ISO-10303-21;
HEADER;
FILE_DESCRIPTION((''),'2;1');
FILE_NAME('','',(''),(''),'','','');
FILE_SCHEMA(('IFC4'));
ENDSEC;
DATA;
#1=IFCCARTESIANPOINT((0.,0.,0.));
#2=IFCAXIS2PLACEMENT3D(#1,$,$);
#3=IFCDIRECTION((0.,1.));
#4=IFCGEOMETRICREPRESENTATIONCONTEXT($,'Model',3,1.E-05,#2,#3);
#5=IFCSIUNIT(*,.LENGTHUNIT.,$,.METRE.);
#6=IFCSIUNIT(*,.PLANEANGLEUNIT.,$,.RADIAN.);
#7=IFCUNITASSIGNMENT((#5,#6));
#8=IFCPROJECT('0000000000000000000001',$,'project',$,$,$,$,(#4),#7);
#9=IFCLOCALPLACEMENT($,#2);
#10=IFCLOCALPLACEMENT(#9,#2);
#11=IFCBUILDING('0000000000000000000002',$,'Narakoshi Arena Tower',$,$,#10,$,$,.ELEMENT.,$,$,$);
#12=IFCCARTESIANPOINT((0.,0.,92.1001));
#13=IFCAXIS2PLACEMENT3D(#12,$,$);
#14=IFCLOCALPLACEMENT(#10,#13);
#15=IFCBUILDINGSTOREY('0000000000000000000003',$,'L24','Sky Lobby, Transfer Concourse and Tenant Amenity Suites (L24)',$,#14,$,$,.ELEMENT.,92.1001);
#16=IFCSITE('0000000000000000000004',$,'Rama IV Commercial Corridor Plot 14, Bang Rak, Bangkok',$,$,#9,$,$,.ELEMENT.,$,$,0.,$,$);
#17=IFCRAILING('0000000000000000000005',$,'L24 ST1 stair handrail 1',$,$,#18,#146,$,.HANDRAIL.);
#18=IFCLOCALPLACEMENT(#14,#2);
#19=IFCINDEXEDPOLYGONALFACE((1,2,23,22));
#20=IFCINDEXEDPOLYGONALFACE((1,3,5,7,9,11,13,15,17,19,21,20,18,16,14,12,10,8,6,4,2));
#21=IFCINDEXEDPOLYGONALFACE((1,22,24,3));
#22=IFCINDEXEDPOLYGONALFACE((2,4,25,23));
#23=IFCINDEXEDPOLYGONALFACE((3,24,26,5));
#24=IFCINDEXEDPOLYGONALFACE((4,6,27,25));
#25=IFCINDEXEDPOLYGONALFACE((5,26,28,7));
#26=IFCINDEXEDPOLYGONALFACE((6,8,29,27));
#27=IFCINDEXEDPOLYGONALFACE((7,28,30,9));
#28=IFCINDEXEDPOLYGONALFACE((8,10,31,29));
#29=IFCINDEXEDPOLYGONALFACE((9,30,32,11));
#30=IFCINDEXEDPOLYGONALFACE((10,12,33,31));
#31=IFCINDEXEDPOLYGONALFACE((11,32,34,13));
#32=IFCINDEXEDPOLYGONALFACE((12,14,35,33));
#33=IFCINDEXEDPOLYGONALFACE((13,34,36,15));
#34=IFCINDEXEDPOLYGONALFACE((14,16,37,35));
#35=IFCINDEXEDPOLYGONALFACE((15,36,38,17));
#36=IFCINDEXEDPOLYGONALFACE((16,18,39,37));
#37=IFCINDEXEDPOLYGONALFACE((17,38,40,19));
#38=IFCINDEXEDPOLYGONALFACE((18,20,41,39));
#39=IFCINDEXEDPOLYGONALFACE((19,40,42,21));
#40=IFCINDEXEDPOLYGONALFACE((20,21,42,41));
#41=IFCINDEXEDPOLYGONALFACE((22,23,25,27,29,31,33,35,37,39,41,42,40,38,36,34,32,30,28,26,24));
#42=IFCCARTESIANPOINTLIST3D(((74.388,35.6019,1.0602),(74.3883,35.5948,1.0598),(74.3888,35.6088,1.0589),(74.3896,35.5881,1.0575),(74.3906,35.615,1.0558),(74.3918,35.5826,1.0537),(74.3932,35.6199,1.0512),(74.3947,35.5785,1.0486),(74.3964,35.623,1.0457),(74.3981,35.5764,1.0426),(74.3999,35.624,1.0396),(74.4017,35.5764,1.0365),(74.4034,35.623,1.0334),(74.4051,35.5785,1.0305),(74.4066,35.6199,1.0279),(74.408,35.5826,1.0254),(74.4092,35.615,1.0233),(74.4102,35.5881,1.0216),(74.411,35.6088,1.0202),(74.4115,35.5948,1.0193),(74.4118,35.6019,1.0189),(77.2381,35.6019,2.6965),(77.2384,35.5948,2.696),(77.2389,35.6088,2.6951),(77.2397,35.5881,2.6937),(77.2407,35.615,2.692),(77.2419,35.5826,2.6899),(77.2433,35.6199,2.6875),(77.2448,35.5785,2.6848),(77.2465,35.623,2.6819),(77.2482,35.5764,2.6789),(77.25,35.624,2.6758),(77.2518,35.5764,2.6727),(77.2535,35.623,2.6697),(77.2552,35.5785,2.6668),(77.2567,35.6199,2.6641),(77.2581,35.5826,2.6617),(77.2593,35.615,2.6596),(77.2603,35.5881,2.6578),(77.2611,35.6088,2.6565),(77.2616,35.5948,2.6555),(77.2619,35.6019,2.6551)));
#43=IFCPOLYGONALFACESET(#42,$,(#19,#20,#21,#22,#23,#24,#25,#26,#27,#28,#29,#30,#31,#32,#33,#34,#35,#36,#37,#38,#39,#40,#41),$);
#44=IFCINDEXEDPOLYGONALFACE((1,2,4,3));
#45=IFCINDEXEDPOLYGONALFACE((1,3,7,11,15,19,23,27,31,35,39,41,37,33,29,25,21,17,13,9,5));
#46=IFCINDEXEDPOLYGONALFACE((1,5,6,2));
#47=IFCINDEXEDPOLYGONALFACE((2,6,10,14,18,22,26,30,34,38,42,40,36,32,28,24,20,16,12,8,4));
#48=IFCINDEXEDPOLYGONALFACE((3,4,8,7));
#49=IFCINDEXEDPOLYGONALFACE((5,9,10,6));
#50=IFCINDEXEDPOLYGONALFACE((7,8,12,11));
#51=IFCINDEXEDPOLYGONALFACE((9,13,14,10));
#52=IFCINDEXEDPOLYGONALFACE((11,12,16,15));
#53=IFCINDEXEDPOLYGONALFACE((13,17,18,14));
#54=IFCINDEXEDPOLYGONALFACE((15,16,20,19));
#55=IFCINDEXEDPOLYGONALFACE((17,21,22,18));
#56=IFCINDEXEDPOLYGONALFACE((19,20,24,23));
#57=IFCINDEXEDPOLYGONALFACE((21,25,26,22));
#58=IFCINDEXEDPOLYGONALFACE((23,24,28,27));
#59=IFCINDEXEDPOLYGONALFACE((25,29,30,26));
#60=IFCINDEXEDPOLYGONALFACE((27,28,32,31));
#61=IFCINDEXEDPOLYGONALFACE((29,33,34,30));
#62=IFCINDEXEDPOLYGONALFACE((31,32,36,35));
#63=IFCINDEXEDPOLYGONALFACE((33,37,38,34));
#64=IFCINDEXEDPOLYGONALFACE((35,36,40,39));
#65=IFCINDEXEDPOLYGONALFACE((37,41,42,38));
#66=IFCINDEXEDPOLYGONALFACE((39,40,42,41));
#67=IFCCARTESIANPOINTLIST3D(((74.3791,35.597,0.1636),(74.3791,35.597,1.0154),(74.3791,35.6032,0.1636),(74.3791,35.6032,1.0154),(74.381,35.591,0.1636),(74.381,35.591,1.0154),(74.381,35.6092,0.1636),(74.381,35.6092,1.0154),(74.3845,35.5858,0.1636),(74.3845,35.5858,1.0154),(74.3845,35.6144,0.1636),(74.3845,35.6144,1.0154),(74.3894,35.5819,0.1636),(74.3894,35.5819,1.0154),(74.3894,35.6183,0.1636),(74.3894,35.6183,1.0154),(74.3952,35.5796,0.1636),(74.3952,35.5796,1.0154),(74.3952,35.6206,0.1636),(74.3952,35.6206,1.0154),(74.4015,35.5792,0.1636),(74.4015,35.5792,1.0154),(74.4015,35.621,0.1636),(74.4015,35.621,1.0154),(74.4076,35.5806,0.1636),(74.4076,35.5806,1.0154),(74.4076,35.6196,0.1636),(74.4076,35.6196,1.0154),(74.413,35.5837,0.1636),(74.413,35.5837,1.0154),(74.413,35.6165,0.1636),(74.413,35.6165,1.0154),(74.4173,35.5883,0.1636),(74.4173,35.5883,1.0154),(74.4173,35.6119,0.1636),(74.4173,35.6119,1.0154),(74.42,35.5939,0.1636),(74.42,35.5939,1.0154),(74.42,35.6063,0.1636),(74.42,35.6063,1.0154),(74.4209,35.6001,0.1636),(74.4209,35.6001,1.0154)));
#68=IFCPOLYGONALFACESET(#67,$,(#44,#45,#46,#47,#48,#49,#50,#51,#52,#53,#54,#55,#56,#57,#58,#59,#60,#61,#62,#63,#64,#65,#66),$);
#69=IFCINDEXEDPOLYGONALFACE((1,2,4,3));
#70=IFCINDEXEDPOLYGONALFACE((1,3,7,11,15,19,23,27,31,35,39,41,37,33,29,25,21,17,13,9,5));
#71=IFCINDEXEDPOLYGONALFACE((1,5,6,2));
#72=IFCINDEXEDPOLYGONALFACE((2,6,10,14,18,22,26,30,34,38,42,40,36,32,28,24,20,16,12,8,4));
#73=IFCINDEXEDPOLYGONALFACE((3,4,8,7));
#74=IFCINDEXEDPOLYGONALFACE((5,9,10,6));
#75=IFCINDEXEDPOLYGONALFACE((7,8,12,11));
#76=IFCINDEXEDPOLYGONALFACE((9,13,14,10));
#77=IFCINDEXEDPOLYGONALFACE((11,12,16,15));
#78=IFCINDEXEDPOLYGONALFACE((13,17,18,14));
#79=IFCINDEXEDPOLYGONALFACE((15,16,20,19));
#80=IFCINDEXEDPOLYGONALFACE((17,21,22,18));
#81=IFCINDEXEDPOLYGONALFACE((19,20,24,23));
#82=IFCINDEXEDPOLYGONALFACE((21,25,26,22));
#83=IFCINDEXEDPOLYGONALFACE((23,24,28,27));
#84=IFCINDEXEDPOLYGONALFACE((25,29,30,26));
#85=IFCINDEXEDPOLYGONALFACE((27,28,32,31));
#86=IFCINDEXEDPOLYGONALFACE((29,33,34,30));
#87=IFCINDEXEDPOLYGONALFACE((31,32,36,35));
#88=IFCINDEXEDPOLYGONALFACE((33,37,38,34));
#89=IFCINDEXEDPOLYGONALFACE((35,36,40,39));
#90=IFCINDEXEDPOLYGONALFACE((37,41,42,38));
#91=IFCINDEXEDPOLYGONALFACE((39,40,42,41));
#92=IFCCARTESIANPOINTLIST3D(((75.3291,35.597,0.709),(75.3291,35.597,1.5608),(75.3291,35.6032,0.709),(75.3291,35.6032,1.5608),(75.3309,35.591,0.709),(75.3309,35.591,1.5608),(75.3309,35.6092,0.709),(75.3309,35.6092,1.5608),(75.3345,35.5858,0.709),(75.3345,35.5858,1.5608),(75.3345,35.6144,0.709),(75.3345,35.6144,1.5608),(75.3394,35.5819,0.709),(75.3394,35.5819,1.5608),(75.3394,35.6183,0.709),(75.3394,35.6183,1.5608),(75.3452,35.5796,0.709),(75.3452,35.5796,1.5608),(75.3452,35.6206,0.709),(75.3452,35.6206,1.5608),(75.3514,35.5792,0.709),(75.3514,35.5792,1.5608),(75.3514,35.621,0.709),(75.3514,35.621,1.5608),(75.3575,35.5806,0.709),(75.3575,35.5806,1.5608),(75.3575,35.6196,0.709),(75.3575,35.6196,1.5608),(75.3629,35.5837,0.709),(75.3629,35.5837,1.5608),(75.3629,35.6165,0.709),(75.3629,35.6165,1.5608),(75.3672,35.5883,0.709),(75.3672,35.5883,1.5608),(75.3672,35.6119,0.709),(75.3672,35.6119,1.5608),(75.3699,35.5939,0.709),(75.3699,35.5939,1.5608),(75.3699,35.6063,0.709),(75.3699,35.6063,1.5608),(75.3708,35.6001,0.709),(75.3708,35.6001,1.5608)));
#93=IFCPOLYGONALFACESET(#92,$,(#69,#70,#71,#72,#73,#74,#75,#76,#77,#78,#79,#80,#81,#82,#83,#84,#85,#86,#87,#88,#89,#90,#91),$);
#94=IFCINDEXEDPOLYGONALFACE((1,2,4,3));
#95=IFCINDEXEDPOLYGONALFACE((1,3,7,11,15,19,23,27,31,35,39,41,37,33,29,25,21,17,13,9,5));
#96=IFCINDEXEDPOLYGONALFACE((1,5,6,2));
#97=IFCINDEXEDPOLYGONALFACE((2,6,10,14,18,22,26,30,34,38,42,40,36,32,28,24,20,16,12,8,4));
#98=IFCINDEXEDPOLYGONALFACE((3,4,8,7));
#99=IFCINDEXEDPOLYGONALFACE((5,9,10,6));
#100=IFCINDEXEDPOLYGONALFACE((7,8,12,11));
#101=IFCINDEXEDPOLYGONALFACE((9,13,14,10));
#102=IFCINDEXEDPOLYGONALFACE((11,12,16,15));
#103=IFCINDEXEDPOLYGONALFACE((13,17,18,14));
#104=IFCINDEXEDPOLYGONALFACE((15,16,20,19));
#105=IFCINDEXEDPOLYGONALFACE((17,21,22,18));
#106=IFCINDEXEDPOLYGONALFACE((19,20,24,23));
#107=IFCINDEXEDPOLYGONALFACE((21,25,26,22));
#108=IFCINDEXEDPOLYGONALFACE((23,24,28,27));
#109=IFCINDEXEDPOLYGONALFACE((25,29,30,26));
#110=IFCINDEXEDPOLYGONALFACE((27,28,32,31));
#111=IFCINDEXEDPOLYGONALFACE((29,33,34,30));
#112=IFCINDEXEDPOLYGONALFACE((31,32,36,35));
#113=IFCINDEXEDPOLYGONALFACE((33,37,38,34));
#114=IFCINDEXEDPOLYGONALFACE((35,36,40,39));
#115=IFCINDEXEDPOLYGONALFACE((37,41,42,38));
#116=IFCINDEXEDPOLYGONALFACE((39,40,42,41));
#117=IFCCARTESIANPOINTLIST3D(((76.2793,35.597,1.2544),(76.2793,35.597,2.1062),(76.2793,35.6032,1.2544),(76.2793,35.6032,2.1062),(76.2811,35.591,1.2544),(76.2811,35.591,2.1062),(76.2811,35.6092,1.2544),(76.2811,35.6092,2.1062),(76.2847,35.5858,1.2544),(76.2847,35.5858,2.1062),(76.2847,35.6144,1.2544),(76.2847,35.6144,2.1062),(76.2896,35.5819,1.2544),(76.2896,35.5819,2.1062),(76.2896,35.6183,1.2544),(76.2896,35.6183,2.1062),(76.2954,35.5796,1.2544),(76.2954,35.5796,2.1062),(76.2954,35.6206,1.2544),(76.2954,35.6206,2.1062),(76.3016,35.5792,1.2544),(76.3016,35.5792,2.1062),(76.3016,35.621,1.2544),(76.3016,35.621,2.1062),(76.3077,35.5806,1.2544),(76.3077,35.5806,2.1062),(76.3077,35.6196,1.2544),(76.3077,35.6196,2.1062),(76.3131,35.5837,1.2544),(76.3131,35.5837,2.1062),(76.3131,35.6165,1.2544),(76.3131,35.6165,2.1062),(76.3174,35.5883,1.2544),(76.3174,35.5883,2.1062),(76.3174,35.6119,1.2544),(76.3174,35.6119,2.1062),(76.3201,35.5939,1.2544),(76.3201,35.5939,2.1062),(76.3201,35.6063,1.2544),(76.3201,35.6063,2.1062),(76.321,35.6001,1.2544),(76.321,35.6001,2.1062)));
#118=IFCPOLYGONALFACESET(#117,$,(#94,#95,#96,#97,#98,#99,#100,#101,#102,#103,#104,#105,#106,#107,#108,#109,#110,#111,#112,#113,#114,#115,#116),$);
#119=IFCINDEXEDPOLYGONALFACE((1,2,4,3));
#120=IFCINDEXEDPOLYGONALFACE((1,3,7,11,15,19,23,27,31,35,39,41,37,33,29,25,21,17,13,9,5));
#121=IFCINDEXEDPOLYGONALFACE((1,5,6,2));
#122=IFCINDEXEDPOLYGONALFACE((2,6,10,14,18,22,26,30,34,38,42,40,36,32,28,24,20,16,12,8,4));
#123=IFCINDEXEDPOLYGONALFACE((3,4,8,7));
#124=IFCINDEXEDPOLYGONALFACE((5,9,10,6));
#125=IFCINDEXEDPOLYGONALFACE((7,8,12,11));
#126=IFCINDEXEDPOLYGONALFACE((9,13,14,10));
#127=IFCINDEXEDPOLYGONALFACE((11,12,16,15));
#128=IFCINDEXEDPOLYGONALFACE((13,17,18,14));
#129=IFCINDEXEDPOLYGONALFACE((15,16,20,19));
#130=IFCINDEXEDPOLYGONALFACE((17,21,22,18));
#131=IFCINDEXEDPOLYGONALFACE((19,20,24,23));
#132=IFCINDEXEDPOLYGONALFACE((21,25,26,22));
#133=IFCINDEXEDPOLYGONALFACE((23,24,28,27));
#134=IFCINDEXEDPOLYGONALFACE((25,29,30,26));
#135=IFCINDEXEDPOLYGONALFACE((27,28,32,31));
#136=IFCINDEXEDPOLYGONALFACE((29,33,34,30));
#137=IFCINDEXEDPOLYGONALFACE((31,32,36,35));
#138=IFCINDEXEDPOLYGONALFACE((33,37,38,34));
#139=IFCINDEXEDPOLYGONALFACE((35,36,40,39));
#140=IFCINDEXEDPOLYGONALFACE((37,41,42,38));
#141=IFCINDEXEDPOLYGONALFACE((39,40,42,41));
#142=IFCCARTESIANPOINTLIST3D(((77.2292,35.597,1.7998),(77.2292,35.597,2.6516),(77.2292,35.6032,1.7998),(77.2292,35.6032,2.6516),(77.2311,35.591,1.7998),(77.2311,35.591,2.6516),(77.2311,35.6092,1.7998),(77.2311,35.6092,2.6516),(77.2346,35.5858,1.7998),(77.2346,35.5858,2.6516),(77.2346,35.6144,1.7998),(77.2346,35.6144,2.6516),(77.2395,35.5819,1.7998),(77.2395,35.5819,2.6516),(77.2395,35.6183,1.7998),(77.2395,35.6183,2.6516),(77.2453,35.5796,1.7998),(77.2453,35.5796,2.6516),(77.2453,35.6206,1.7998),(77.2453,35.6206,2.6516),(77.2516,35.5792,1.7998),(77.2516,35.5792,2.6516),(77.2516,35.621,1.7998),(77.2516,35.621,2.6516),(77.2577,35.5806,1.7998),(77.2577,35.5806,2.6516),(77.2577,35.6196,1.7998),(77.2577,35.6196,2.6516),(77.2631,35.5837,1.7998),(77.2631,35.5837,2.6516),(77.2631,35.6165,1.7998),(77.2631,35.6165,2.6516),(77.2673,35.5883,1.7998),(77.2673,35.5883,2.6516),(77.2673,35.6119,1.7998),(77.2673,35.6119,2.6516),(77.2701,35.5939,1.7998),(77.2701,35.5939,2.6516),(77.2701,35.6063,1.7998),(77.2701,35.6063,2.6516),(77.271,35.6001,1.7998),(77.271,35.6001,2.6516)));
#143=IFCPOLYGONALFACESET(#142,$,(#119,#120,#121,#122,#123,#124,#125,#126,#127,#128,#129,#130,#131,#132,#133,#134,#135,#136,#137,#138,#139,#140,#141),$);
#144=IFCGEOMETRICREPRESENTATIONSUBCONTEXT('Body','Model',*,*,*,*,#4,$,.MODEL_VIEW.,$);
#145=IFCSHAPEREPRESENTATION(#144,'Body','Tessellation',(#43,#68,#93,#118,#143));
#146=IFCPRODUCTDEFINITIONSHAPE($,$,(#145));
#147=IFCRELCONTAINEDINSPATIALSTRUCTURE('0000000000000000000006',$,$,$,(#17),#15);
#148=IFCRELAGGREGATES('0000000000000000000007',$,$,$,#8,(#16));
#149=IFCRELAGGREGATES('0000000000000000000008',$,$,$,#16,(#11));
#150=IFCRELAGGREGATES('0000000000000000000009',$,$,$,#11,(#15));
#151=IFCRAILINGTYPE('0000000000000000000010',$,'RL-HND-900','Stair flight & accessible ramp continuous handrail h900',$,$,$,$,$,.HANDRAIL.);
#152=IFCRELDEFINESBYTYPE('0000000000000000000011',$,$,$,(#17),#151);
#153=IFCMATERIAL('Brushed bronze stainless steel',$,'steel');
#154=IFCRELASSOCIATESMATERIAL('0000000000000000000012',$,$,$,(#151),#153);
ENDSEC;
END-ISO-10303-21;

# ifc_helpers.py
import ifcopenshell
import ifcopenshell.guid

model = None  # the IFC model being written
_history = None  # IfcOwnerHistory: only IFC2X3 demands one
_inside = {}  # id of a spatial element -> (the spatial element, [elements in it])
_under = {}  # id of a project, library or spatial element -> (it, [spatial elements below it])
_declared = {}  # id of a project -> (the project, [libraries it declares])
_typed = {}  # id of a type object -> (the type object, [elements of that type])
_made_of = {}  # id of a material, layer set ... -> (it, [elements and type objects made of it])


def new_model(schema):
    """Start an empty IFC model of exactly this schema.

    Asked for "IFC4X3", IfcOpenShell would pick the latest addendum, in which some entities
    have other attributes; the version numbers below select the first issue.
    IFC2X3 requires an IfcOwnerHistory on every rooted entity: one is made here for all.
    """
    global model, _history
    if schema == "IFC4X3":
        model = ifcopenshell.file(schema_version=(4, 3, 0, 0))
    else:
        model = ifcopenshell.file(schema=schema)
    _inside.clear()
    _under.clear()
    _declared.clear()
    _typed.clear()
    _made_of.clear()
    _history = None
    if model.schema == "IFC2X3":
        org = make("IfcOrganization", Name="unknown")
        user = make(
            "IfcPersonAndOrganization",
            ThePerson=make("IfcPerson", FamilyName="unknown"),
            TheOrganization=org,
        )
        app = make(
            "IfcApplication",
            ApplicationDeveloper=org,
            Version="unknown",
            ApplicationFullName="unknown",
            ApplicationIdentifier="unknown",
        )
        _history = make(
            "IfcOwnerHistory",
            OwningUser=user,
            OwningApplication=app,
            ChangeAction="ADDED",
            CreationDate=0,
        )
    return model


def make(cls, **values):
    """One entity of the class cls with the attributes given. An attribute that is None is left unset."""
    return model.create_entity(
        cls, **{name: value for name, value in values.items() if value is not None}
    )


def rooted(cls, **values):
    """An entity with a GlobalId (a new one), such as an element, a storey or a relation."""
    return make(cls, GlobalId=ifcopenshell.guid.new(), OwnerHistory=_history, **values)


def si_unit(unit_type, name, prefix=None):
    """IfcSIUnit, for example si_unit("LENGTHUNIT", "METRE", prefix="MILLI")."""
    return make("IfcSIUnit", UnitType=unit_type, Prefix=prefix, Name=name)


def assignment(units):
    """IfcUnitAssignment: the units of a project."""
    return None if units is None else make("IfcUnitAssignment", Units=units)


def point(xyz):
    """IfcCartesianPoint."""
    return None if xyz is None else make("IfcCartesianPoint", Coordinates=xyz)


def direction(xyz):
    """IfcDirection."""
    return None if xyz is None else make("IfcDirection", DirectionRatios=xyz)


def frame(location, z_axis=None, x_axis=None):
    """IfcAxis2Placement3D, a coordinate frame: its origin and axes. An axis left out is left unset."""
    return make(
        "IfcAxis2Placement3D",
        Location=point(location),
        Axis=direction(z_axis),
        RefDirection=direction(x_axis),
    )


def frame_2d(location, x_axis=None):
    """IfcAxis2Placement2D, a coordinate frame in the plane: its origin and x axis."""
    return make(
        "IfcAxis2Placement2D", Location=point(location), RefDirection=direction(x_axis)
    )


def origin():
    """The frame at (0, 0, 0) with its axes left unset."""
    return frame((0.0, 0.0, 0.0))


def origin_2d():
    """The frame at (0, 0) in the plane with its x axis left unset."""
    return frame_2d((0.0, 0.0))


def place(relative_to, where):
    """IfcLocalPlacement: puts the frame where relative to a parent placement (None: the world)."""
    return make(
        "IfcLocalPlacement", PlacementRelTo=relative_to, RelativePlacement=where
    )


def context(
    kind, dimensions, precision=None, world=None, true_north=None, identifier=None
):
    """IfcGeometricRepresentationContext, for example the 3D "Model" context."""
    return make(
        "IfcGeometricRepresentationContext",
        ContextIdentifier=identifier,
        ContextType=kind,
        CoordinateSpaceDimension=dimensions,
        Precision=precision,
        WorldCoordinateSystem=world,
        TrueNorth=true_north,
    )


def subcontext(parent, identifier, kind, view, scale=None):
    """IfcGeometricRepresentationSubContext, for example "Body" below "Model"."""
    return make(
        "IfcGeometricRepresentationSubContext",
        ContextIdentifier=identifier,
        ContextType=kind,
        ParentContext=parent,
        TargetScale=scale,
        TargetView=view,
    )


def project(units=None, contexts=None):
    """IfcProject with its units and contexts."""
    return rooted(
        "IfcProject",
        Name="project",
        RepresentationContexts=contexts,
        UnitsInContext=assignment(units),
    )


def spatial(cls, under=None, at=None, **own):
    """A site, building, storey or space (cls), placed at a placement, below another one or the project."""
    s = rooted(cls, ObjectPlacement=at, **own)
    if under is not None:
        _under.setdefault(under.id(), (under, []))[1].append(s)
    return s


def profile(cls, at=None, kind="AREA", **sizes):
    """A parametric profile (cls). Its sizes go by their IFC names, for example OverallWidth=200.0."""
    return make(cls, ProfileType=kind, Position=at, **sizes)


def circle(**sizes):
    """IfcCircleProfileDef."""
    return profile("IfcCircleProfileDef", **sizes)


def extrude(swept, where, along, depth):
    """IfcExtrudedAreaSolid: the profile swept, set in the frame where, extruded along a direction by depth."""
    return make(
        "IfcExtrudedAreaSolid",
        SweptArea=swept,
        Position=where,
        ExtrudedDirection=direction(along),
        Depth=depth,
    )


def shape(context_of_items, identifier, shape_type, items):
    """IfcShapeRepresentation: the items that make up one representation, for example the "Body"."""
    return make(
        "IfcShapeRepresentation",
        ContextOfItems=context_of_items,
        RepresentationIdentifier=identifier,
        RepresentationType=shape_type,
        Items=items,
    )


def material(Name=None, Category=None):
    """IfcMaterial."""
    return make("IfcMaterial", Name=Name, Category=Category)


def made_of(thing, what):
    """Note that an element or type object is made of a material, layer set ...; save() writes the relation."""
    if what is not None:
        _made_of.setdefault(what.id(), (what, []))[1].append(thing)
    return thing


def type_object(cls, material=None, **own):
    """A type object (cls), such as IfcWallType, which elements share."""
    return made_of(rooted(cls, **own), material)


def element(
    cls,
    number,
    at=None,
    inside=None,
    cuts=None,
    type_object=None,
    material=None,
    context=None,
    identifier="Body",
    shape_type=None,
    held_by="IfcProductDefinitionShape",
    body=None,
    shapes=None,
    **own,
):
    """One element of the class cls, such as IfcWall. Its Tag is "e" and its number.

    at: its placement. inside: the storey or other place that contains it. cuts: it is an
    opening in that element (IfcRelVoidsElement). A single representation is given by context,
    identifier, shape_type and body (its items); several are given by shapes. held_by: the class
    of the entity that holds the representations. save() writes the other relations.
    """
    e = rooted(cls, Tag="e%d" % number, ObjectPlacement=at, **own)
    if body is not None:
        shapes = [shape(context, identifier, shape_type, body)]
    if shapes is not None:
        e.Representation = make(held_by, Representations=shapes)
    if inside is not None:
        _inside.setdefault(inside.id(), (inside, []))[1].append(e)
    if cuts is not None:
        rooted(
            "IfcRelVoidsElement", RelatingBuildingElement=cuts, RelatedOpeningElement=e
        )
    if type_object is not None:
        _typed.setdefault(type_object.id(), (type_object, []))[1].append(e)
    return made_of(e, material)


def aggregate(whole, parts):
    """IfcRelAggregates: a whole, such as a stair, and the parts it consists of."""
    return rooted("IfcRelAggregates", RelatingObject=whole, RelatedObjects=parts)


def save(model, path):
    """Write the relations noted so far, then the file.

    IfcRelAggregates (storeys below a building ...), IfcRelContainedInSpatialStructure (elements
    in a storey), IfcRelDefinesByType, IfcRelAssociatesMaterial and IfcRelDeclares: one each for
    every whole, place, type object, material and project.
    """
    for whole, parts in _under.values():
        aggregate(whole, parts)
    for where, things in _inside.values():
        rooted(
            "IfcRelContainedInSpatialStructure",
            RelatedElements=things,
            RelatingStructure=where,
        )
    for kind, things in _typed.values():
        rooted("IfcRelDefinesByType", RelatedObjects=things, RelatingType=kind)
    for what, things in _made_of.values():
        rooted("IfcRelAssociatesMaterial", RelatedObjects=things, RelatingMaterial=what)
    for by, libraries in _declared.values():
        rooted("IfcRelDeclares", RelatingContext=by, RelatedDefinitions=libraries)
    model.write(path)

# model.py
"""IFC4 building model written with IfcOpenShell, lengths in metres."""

from ifc_helpers import new_model, si_unit, direction, frame, origin, origin_2d, place, context, subcontext, project, spatial, circle, extrude, material, type_object, element, save


model = new_model("IFC4")

# Units and contexts
model_context = context("Model", 3, precision=1e-05, world=origin(), true_north=direction((0.0, 1.0)))
body_context = subcontext(model_context, "Body", "Model", "MODEL_VIEW")
ifc_project = project(units=[si_unit("LENGTHUNIT", "METRE"), si_unit("PLANEANGLEUNIT", "RADIAN")], contexts=[model_context])

# Site, building, storey
site_placement = place(None, origin())
site = spatial("IfcSite", under=ifc_project, at=site_placement, Name="Rama IV Commercial Corridor Plot 14, Bang Rak, Bangkok", CompositionType="ELEMENT", RefElevation=0.0)
building_placement = place(site_placement, origin())
building = spatial("IfcBuilding", under=site, at=building_placement, Name="Narakoshi Arena Tower", CompositionType="ELEMENT")
storey_placement = place(building_placement, frame((0.0, 0.0, 92.1001)))
storey = spatial("IfcBuildingStorey", under=building, at=storey_placement, Name="L24", Description="Sky Lobby, Transfer Concourse and Tenant Amenity Suites (L24)", CompositionType="ELEMENT", Elevation=92.1001)

# Shared definitions
ifc_material_1 = material(Name="Brushed bronze stainless steel", Category="steel")

# Railing
railing_type_1 = type_object("IfcRailingType", Name="RL-HND-900", Description="Stair flight & accessible ramp continuous handrail h900", PredefinedType="HANDRAIL", material=ifc_material_1)
railing_1_placement = place(storey_placement, frame((74.3999, 35.6001, 0.1636)))
element("IfcRailing", 1, at=railing_1_placement, inside=storey, type_object=railing_type_1, Name="L24 ST1 stair handrail 1", PredefinedType="HANDRAIL", context=body_context, shape_type="SweptSolid", body=[
    extrude(circle(Radius=0.0239, at=origin_2d()), frame((0.0, 0.0, 0.876), z_axis=(0.867245, 0.0, 0.497882), x_axis=(0.0, 1.0, 0.0)), (0.0, 0.0, 1.0), 3.2864),
    extrude(circle(Radius=0.021, at=origin_2d()), origin(), (0.0, 0.0, 1.0), 0.8518),
    extrude(circle(Radius=0.021, at=origin_2d()), frame((0.95, 0.0, 0.5454)), (0.0, 0.0, 1.0), 0.8518),
    extrude(circle(Radius=0.021, at=origin_2d()), frame((1.9001, 0.0, 1.0908)), (0.0, 0.0, 1.0), 0.8518),
    extrude(circle(Radius=0.021, at=origin_2d()), frame((2.8501, 0.0, 1.6362)), (0.0, 0.0, 1.0), 0.8518),
])

save(model, "model.ifc")
